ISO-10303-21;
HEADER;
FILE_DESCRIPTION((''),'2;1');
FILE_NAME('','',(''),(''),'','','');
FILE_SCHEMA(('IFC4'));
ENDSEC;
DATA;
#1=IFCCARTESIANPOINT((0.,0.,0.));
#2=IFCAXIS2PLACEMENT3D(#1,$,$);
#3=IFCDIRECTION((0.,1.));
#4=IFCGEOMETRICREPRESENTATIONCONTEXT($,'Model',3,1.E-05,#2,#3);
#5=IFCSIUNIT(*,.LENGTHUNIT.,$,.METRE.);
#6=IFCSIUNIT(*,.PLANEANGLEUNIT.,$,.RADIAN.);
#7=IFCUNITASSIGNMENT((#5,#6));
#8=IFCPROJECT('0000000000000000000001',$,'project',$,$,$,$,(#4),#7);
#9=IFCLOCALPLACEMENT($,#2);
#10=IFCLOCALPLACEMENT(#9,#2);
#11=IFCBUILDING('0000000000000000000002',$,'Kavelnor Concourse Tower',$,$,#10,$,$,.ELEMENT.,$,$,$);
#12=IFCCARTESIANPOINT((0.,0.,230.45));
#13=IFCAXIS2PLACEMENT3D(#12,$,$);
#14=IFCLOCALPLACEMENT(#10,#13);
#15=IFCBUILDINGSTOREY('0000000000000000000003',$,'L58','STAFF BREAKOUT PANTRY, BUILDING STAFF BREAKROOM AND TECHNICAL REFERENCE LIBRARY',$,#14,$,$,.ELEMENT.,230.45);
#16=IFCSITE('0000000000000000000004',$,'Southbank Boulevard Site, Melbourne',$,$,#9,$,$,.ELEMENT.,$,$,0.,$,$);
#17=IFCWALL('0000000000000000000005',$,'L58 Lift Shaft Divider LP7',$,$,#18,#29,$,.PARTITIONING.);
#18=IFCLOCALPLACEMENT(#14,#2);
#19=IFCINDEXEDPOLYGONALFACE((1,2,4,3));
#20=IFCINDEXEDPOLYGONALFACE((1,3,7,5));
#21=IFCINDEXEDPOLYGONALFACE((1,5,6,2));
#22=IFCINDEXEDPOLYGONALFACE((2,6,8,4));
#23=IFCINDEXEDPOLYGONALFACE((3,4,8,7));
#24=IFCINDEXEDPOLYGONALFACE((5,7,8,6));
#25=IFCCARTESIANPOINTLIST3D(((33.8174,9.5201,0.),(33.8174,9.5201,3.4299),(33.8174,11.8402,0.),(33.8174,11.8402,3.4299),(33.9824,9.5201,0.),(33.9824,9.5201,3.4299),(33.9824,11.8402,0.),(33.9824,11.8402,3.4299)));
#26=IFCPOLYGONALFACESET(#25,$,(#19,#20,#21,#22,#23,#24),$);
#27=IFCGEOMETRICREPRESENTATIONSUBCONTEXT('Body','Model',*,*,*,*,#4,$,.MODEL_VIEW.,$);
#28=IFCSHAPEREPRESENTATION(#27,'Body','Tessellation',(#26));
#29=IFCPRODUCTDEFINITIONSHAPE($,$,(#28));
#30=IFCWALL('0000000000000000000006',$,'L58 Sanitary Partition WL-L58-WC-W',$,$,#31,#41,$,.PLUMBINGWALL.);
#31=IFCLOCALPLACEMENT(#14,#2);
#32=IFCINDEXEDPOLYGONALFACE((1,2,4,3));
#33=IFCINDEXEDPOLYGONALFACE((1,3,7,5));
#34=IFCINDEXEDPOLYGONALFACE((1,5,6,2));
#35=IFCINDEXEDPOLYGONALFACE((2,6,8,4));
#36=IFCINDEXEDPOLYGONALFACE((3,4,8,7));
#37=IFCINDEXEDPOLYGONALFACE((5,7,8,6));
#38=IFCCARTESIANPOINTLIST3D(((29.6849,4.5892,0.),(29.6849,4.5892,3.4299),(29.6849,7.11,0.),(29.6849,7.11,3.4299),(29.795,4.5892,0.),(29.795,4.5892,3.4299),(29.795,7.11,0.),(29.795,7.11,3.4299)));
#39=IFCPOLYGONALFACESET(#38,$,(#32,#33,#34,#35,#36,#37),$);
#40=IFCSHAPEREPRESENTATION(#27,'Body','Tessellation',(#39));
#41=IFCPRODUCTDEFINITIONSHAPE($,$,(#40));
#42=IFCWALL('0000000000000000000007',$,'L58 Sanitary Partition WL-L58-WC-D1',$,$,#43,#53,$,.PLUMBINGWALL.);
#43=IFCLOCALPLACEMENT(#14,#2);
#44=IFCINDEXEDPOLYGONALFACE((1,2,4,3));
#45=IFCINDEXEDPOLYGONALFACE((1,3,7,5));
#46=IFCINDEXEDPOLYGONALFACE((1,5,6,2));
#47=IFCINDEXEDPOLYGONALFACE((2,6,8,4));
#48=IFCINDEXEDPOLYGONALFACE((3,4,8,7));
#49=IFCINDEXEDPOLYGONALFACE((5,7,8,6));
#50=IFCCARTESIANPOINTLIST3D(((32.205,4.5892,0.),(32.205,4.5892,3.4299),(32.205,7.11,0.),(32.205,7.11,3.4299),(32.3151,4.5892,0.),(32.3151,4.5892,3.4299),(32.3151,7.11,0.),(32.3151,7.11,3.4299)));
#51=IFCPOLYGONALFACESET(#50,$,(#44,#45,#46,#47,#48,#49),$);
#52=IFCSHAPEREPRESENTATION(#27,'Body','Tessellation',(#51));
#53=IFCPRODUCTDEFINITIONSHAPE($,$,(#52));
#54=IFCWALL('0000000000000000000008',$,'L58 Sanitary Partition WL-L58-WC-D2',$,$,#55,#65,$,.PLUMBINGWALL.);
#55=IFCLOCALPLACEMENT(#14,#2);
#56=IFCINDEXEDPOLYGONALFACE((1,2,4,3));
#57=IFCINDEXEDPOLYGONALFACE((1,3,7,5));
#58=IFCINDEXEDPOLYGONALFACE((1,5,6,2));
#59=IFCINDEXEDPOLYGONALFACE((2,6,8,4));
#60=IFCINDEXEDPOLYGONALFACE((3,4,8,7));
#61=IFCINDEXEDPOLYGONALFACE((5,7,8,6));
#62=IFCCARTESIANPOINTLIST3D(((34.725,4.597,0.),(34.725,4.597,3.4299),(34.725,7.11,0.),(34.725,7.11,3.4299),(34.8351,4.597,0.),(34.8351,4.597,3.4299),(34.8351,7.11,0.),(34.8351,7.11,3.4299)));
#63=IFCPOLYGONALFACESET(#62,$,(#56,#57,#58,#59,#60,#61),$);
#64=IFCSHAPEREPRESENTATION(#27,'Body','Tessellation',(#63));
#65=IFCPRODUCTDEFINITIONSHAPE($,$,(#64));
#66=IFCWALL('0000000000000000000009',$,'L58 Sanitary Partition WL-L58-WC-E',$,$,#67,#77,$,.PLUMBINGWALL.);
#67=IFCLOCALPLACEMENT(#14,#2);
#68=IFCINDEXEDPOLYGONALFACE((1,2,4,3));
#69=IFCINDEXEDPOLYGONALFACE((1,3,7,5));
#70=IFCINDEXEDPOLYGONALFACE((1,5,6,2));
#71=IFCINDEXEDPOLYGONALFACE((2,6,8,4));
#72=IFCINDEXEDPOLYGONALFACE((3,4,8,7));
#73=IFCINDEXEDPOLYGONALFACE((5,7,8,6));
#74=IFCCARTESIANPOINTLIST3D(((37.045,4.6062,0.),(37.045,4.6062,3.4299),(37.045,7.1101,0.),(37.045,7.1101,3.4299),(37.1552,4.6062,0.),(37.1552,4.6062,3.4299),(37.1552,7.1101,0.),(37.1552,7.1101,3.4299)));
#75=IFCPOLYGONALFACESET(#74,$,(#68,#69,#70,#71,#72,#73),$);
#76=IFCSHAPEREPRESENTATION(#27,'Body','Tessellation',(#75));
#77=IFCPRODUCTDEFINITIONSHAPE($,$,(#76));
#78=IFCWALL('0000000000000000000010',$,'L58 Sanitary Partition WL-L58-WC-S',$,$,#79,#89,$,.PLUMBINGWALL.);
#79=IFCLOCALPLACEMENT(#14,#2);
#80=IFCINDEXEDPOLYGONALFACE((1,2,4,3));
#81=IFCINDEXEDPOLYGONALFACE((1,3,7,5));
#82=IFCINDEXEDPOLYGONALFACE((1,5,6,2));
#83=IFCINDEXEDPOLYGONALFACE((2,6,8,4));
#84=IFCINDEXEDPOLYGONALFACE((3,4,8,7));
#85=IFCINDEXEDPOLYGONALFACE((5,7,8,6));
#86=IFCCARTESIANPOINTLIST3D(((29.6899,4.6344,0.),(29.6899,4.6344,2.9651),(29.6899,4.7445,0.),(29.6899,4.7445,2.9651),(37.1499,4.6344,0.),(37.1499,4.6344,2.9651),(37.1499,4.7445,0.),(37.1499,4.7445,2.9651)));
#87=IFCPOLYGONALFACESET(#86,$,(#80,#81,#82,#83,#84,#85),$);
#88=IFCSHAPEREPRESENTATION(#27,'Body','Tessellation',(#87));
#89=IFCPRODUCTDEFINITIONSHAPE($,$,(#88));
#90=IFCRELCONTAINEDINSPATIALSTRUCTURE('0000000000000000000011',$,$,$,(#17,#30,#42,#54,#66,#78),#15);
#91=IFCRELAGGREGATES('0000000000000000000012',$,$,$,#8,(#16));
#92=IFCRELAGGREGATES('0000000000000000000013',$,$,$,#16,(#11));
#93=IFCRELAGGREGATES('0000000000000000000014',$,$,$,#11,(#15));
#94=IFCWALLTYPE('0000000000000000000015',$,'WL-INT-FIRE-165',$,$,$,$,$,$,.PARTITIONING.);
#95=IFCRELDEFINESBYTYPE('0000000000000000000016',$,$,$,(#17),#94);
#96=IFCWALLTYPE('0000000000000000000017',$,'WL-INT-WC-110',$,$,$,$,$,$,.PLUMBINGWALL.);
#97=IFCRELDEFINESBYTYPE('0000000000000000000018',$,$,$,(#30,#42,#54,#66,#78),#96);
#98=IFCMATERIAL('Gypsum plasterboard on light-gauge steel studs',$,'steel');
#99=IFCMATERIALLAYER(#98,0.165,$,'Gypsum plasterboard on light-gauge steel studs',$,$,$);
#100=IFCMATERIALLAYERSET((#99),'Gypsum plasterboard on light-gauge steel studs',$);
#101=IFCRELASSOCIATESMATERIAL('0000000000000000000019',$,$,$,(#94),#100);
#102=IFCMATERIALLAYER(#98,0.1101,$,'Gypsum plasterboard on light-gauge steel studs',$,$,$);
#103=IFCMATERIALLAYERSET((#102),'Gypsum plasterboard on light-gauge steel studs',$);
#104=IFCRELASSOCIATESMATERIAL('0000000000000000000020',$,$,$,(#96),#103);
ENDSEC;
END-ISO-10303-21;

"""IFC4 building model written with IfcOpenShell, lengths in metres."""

from ifc_helpers import new_model, si_unit, direction, frame, frame_2d, origin, place, context, subcontext, project, spatial, rectangle, extrude, material, layer, layer_set, type_object, element, save


model = new_model("IFC4")

# Units and contexts
model_context = context("Model", 3, precision=1e-05, world=origin(), true_north=direction((0.0, 1.0)))
body_context = subcontext(model_context, "Body", "Model", "MODEL_VIEW")
ifc_project = project(units=[si_unit("LENGTHUNIT", "METRE"), si_unit("PLANEANGLEUNIT", "RADIAN")], contexts=[model_context])

# Site, building, storey
site_placement = place(None, origin())
site = spatial("IfcSite", under=ifc_project, at=site_placement, Name="Southbank Boulevard Site, Melbourne", CompositionType="ELEMENT", RefElevation=0.0)
building_placement = place(site_placement, origin())
building = spatial("IfcBuilding", under=site, at=building_placement, Name="Kavelnor Concourse Tower", CompositionType="ELEMENT")
storey_placement = place(building_placement, frame((0.0, 0.0, 230.45)))
storey = spatial("IfcBuildingStorey", under=building, at=storey_placement, Name="L58", Description="STAFF BREAKOUT PANTRY, BUILDING STAFF BREAKROOM AND TECHNICAL REFERENCE LIBRARY", CompositionType="ELEMENT", Elevation=230.45)

# Walls
ifc_material_1 = material(Name="Gypsum plasterboard on light-gauge steel studs", Category="steel")
ifc_layer_1 = layer(ifc_material_1, 0.165, Name="Gypsum plasterboard on light-gauge steel studs")
ifc_layer_set_1 = layer_set([ifc_layer_1], Name="Gypsum plasterboard on light-gauge steel studs")
wall_type_1 = type_object("IfcWallType", Name="WL-INT-FIRE-165", PredefinedType="PARTITIONING", material=ifc_layer_set_1)
wall_1_placement = place(storey_placement, frame((33.8999, 9.52, 0.0), z_axis=(0.0, 0.0, 1.0), x_axis=(0.0, 1.0, 0.0)))
element("IfcWall", 1, at=wall_1_placement, inside=storey, type_object=wall_type_1, Name="L58 Lift Shaft Divider LP7", PredefinedType="PARTITIONING", context=body_context, shape_type="SweptSolid", body=[
    extrude(rectangle(XDim=2.3201, YDim=0.165, at=frame_2d((1.1602, 0.0))), origin(), (0.0, 0.0, 1.0), 3.4299),
])
ifc_layer_2 = layer(ifc_material_1, 0.1101, Name="Gypsum plasterboard on light-gauge steel studs")
ifc_layer_set_2 = layer_set([ifc_layer_2], Name="Gypsum plasterboard on light-gauge steel studs")
wall_type_2 = type_object("IfcWallType", Name="WL-INT-WC-110", PredefinedType="PLUMBINGWALL", material=ifc_layer_set_2)
for number, where, z_axis, x_axis, name in (
    (2, (29.74, 4.5894, 0.0), (0.0, 0.0, 1.0), (0.0, 1.0, 0.0), "L58 Sanitary Partition WL-L58-WC-W"),
    (3, (32.26, 4.5894, 0.0), (0.0, 0.0, 1.0), (0.0, 1.0, 0.0), "L58 Sanitary Partition WL-L58-WC-D1"),
):
    element("IfcWall", number, at=place(storey_placement, frame(where, z_axis=z_axis, x_axis=x_axis)), inside=storey, type_object=wall_type_2, Name=name, PredefinedType="PLUMBINGWALL", context=body_context, shape_type="SweptSolid", body=[
        extrude(rectangle(XDim=2.5208, YDim=0.1101, at=frame_2d((1.2603, 0.0))), origin(), (0.0, 0.0, 1.0), 3.4299),
    ])
wall_2_placement = place(storey_placement, frame((34.78, 4.5972, 0.0), z_axis=(0.0, 0.0, 1.0), x_axis=(0.0, 1.0, 0.0)))
element("IfcWall", 4, at=wall_2_placement, inside=storey, type_object=wall_type_2, Name="L58 Sanitary Partition WL-L58-WC-D2", PredefinedType="PLUMBINGWALL", context=body_context, shape_type="SweptSolid", body=[
    extrude(rectangle(XDim=2.5129, YDim=0.1101, at=frame_2d((1.2563, 0.0))), origin(), (0.0, 0.0, 1.0), 3.4299),
])
wall_3_placement = place(storey_placement, frame((37.1001, 4.6062, 0.0), z_axis=(0.0, 0.0, 1.0), x_axis=(0.0, 1.0, 0.0)))
element("IfcWall", 5, at=wall_3_placement, inside=storey, type_object=wall_type_2, Name="L58 Sanitary Partition WL-L58-WC-E", PredefinedType="PLUMBINGWALL", context=body_context, shape_type="SweptSolid", body=[
    extrude(rectangle(XDim=2.5039, YDim=0.1101, at=frame_2d((1.252, 0.0))), origin(), (0.0, 0.0, 1.0), 3.4299),
])
wall_4_placement = place(storey_placement, frame((29.6899, 4.6895, 0.0), z_axis=(0.0, 0.0, 1.0), x_axis=(1.0, 0.0, 0.0)))
element("IfcWall", 6, at=wall_4_placement, inside=storey, type_object=wall_type_2, Name="L58 Sanitary Partition WL-L58-WC-S", PredefinedType="PLUMBINGWALL", context=body_context, shape_type="SweptSolid", body=[
    extrude(rectangle(XDim=7.46, YDim=0.1101, at=frame_2d((3.73, 0.0))), origin(), (0.0, 0.0, 1.0), 2.9651),
])

save(model, "model.ifc")
